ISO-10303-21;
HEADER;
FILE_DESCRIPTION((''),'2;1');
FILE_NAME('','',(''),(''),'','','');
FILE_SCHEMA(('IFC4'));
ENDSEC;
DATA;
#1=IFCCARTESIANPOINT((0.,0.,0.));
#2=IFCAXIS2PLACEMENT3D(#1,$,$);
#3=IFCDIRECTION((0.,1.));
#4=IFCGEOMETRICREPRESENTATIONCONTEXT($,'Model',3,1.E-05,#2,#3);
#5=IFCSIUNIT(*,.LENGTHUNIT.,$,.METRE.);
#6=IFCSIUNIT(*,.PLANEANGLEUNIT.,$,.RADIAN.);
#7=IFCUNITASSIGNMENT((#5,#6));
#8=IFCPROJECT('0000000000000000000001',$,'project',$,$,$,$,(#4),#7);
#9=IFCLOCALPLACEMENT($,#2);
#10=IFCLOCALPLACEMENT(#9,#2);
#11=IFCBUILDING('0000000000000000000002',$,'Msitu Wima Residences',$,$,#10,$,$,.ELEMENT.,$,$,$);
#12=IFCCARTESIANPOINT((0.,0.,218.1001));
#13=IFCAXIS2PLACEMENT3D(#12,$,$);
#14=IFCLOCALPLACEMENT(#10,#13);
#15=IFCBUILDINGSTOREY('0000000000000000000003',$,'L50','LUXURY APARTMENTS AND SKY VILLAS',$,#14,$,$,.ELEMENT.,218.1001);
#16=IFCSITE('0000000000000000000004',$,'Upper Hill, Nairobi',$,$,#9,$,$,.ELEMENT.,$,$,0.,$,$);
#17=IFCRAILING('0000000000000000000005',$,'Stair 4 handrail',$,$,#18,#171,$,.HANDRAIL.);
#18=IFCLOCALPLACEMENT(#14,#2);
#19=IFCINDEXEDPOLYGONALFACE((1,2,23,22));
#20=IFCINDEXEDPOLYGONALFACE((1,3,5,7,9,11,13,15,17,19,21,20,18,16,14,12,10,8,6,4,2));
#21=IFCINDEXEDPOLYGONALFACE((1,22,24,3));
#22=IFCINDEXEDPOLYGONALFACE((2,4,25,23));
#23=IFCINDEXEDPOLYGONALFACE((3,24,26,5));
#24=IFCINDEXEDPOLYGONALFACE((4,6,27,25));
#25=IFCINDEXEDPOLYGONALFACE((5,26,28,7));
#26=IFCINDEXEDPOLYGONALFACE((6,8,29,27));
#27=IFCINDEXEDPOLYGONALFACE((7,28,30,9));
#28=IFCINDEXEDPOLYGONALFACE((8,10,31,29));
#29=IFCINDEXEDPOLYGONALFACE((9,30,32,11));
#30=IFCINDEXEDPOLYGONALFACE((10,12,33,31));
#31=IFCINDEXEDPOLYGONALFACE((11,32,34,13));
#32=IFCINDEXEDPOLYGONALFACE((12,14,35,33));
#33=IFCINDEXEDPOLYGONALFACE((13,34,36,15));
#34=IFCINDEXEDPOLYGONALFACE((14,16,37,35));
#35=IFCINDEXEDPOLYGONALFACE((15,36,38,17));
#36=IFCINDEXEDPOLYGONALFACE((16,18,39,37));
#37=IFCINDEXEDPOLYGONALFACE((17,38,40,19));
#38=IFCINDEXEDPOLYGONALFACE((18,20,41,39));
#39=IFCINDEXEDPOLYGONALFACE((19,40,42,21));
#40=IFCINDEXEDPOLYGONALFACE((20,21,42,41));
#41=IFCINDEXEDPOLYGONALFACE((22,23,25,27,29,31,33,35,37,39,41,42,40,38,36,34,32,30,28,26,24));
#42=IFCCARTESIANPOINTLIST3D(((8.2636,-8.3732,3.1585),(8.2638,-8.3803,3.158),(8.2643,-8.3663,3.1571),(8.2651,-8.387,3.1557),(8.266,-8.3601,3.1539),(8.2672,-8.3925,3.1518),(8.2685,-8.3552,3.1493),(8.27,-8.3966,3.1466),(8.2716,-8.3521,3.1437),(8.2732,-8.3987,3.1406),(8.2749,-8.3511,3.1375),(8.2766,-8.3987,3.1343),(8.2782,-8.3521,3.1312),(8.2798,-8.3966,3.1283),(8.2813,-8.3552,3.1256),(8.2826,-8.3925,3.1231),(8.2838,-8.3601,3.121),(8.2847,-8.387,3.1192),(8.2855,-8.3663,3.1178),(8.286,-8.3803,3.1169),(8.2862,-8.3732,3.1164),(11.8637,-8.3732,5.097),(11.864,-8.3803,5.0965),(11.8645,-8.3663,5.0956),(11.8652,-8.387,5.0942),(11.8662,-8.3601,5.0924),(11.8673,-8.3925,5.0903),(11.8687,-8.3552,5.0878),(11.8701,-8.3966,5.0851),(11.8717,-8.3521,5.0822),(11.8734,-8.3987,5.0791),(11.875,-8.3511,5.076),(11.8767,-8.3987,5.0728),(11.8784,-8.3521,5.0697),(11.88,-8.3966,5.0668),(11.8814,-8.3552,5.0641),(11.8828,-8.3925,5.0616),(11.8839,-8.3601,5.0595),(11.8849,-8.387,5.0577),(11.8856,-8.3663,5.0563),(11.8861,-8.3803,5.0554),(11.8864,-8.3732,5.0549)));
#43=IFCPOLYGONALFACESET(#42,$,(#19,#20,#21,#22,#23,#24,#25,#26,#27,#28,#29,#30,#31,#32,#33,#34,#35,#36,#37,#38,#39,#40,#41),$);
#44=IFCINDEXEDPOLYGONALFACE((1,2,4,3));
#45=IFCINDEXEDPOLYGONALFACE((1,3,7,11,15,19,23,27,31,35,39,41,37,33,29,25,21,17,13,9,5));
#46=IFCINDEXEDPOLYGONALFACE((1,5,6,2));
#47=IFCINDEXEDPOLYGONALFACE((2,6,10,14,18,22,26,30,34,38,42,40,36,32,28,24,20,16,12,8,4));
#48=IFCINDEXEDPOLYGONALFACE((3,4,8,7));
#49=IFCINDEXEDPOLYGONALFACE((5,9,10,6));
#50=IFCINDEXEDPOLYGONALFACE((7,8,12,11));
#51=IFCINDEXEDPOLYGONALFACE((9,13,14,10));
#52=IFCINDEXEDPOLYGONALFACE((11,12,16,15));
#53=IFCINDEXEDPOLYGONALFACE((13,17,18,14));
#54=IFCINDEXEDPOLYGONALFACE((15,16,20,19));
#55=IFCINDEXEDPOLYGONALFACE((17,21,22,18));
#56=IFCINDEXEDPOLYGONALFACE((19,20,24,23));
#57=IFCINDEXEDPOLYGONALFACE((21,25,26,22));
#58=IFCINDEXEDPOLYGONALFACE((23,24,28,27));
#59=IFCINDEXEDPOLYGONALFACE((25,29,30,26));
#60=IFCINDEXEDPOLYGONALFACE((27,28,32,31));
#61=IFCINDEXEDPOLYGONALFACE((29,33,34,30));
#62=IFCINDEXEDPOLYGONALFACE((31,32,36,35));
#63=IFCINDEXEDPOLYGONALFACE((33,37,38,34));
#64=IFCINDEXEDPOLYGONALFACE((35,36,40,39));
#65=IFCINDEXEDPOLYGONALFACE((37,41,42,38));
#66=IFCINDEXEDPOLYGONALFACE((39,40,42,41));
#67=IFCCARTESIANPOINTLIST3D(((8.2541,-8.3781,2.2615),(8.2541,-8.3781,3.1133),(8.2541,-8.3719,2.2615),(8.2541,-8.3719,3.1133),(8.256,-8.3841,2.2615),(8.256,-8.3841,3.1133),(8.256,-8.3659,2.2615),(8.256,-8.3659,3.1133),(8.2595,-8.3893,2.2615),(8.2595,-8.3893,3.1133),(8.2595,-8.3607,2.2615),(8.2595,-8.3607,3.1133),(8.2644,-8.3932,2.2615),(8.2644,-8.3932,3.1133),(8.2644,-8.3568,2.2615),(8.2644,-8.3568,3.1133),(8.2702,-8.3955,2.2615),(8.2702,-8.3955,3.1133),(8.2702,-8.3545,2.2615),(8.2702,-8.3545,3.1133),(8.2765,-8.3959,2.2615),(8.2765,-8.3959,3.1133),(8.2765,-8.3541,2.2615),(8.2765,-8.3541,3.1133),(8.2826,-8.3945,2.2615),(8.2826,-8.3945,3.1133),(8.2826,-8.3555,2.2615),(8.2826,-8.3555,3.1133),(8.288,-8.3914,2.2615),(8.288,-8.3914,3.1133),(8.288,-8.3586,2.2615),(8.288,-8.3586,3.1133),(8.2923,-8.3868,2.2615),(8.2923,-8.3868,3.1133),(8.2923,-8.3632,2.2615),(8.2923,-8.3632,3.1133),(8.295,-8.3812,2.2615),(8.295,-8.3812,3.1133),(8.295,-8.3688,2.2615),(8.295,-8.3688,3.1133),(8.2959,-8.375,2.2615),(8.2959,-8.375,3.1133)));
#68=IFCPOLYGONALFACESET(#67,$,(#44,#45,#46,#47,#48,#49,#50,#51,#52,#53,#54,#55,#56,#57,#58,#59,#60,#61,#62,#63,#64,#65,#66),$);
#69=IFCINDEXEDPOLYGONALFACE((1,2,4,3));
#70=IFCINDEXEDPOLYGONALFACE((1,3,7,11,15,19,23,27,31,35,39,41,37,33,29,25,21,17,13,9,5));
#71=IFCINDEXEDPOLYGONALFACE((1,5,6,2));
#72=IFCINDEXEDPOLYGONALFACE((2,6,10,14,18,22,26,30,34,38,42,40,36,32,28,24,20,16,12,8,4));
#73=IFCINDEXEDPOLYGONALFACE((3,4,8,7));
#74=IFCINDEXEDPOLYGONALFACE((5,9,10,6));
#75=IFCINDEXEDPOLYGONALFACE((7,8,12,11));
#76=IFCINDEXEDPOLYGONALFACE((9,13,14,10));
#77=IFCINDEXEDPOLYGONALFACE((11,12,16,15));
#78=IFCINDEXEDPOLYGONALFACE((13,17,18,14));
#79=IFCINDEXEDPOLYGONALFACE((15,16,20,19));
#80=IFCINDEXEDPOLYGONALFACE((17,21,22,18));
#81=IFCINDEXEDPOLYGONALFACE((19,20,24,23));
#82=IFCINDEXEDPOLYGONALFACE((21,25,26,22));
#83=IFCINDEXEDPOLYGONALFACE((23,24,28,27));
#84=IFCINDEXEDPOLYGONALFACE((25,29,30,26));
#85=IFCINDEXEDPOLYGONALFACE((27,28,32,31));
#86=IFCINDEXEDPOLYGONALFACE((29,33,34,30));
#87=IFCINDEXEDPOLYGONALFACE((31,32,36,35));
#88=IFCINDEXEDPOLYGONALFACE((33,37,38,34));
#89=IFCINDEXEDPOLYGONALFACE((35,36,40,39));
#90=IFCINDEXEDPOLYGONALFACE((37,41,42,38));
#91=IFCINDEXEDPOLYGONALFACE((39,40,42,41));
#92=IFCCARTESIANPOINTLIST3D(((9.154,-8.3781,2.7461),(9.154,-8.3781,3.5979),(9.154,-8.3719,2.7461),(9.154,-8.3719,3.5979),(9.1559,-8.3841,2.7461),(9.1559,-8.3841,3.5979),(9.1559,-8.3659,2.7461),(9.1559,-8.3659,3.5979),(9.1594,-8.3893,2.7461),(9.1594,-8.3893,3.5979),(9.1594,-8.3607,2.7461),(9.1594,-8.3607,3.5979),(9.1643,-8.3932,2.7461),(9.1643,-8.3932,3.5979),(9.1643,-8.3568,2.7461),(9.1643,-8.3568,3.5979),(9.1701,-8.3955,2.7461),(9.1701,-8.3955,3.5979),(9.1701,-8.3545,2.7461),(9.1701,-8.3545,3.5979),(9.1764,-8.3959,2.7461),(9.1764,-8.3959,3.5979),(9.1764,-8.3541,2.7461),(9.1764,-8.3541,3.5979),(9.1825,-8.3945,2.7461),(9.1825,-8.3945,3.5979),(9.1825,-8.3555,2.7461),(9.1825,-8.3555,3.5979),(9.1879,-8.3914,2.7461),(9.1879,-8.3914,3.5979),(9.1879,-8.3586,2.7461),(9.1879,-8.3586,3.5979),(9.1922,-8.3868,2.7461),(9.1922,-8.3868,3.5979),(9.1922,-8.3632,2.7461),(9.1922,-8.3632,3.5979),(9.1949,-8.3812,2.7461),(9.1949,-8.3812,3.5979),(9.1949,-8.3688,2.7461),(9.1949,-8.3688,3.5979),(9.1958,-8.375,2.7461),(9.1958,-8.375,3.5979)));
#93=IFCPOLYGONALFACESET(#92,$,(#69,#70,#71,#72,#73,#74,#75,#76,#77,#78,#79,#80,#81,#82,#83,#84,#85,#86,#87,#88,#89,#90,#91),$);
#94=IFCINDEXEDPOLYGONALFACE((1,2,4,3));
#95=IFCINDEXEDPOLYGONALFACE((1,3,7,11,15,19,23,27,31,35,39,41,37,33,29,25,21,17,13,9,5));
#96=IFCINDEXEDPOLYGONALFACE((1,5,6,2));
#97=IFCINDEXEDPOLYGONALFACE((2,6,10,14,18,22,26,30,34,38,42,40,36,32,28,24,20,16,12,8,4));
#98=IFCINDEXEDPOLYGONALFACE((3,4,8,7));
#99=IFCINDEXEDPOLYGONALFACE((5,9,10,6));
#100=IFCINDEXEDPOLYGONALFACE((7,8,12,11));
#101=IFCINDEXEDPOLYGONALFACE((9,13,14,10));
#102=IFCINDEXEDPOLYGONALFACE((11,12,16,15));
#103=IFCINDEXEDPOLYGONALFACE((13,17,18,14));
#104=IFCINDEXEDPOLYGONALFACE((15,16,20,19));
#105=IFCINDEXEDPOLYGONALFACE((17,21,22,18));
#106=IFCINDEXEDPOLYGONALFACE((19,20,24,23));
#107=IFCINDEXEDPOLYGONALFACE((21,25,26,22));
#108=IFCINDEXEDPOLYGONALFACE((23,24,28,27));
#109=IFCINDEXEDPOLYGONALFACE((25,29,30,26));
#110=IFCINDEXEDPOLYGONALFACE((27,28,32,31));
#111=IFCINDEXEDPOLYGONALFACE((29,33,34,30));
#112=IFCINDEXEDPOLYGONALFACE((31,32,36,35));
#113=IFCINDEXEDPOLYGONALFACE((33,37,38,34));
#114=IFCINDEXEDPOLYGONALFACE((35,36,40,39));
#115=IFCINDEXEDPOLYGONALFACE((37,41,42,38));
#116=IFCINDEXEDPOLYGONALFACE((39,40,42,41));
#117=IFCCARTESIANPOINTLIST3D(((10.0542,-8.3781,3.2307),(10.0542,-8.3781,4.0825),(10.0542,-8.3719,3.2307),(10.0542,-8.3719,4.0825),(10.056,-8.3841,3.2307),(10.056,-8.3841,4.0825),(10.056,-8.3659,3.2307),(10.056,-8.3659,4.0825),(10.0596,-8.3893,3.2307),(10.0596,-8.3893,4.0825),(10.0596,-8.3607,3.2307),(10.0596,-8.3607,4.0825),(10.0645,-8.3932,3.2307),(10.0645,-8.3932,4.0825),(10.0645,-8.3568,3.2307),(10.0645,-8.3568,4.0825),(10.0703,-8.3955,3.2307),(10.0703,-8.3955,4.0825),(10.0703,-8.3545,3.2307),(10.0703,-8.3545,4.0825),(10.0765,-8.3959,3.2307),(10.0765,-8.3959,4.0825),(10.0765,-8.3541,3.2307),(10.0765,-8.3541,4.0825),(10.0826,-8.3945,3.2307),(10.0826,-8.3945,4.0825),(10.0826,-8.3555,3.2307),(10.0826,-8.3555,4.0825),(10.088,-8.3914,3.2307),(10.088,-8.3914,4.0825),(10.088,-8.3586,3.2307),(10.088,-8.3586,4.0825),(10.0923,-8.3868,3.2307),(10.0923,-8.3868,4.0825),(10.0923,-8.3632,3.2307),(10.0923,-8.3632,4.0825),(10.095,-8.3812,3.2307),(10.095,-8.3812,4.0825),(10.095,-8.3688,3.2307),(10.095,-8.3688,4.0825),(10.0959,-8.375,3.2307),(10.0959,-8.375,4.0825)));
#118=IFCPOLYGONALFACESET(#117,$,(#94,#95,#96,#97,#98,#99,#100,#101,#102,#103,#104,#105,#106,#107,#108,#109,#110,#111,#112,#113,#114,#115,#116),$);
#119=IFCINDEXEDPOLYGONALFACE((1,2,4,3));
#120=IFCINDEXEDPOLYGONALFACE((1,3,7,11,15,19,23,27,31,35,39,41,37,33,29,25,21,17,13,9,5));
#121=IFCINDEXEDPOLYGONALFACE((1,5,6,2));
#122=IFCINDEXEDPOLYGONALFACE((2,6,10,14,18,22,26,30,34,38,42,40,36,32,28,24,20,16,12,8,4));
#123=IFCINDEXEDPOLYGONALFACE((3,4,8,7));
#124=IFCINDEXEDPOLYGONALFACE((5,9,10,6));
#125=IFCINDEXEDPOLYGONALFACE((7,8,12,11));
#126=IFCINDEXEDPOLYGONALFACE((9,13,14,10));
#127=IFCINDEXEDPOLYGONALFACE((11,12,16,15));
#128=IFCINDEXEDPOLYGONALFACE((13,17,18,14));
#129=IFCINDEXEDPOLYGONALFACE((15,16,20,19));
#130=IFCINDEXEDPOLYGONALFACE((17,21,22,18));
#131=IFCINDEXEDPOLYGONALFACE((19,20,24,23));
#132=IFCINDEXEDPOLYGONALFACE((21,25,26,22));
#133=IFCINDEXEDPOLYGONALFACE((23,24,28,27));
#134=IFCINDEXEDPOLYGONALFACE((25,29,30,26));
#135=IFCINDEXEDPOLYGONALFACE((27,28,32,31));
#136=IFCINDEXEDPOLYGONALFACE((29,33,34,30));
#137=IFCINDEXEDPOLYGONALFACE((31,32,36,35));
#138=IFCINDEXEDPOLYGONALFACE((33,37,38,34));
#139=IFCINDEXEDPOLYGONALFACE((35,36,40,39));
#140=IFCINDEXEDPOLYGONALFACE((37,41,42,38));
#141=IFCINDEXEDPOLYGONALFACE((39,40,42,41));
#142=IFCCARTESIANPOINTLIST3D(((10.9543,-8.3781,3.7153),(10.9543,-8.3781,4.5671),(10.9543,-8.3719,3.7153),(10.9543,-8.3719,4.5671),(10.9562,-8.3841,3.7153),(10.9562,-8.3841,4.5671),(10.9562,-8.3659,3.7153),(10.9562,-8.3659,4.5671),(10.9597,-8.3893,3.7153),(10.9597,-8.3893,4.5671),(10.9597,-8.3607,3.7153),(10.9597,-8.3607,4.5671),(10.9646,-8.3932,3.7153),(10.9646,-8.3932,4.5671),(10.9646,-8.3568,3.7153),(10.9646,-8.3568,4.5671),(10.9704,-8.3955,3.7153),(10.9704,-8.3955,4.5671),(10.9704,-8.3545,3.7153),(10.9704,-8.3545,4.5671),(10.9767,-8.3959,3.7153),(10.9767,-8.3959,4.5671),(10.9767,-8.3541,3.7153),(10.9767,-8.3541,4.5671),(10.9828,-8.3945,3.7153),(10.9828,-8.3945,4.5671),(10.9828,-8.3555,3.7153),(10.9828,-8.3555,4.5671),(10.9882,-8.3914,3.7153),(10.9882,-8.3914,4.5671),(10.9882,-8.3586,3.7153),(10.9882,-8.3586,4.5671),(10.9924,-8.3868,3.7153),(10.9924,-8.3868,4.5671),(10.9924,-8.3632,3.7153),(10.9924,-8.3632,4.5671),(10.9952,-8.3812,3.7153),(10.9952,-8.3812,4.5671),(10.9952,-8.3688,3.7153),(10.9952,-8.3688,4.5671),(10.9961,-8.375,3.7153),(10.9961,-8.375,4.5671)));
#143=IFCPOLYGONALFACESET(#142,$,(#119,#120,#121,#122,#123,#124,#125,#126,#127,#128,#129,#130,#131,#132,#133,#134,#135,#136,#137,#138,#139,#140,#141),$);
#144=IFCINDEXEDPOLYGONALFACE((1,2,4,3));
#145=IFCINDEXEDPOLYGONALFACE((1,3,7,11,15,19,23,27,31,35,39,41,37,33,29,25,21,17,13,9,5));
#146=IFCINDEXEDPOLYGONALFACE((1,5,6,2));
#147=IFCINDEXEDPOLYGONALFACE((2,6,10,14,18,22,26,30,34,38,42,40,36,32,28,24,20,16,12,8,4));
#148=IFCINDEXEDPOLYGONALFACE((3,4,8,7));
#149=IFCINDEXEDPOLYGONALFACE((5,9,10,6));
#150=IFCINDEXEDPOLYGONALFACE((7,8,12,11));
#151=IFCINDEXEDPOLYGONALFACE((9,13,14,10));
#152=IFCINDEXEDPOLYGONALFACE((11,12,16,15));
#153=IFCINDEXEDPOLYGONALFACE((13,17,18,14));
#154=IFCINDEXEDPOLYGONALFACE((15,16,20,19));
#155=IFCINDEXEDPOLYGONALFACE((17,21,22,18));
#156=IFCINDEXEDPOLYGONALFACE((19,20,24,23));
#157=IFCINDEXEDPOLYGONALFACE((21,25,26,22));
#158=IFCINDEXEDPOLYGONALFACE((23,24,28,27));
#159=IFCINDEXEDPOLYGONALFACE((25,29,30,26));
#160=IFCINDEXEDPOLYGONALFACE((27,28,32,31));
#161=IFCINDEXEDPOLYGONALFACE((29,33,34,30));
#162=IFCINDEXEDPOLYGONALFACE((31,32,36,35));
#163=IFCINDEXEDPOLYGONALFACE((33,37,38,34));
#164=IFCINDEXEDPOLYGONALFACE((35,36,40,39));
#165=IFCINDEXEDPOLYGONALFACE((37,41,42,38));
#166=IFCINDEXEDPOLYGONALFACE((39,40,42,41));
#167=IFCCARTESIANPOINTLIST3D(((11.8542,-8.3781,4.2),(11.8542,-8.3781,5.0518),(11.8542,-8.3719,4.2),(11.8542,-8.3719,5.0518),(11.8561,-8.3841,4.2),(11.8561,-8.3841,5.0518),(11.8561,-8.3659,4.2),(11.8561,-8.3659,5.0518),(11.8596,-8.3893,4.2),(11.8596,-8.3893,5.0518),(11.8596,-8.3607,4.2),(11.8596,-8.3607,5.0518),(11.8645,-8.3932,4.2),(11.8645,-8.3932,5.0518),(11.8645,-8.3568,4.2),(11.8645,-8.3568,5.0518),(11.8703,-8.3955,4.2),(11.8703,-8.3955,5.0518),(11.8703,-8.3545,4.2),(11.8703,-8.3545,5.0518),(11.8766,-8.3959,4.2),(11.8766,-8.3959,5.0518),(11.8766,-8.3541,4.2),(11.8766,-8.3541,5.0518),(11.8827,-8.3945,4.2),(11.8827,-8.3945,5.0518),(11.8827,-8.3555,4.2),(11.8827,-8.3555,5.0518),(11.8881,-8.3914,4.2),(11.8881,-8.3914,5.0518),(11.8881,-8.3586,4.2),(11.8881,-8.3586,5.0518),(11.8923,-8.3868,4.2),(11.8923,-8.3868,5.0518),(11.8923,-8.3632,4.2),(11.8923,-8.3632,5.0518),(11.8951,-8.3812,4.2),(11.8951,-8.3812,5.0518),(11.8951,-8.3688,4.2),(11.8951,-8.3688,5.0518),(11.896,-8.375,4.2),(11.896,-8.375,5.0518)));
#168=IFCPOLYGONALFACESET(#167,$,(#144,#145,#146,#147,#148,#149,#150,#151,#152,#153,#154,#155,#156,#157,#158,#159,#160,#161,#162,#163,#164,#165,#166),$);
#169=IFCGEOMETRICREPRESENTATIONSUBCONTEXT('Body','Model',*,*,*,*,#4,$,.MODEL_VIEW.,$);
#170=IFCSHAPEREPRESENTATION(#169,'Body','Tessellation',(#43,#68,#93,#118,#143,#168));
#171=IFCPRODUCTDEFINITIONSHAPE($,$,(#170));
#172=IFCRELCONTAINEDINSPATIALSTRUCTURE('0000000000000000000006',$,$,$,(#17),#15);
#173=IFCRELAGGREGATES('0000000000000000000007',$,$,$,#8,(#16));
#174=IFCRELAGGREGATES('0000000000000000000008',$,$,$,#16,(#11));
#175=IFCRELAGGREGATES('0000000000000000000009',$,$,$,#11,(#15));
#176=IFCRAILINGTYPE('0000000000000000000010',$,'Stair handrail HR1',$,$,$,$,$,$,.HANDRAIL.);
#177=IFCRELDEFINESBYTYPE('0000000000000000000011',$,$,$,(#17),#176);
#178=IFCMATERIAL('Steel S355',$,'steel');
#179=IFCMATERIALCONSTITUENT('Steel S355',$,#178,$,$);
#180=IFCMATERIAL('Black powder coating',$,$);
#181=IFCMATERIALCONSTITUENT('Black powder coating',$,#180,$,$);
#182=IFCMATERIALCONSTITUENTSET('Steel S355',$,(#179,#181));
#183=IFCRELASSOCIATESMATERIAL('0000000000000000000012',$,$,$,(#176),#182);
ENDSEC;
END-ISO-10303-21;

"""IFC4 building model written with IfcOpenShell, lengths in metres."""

from ifc_helpers import new_model, si_unit, direction, frame, origin, origin_2d, place, context, subcontext, project, spatial, circle, extrude, material, constituent, constituent_set, type_object, element, save


model = new_model("IFC4")

# Units and contexts
model_context = context("Model", 3, precision=1e-05, world=origin(), true_north=direction((0.0, 1.0)))
body_context = subcontext(model_context, "Body", "Model", "MODEL_VIEW")
ifc_project = project(units=[si_unit("LENGTHUNIT", "METRE"), si_unit("PLANEANGLEUNIT", "RADIAN")], contexts=[model_context])

# Site, building, storey
site_placement = place(None, origin())
site = spatial("IfcSite", under=ifc_project, at=site_placement, Name="Upper Hill, Nairobi", CompositionType="ELEMENT", RefElevation=0.0)
building_placement = place(site_placement, origin())
building = spatial("IfcBuilding", under=site, at=building_placement, Name="Msitu Wima Residences", CompositionType="ELEMENT")
storey_placement = place(building_placement, frame((0.0, 0.0, 218.1001)))
storey = spatial("IfcBuildingStorey", under=building, at=storey_placement, Name="L50", Description="LUXURY APARTMENTS AND SKY VILLAS", CompositionType="ELEMENT", Elevation=218.1001)

# Railing
ifc_material_1 = material(Name="Steel S355", Category="steel")
ifc_constituent_1 = constituent(ifc_material_1, Name="Steel S355")
ifc_material_2 = material(Name="Black powder coating")
ifc_constituent_2 = constituent(ifc_material_2, Name="Black powder coating")
ifc_constituent_set = constituent_set(constituents=[ifc_constituent_1, ifc_constituent_2], Name="Steel S355")
railing_type = type_object("IfcRailingType", Name="Stair handrail HR1", PredefinedType="HANDRAIL", material=ifc_constituent_set)
for number, where, name in (
    (1, (8.2749, -8.375, 2.2615), "Stair 4 handrail"),
):
    element("IfcRailing", number, at=place(storey_placement, frame(where)), inside=storey, type_object=railing_type, Name=name, PredefinedType="HANDRAIL", context=body_context, shape_type="SweptSolid", body=[
        extrude(circle(Radius=0.0239, at=origin_2d()), frame((0.0, 0.0, 0.876), z_axis=(0.880475, 0.0, 0.474093), x_axis=(0.0, 1.0, 0.0)), (0.0, 0.0, 1.0), 4.0889),
        extrude(circle(Radius=0.021, at=origin_2d()), origin(), (0.0, 0.0, 1.0), 0.8518),
        extrude(circle(Radius=0.021, at=origin_2d()), frame((0.8999, 0.0, 0.4846)), (0.0, 0.0, 1.0), 0.8518),
        extrude(circle(Radius=0.021, at=origin_2d()), frame((1.8, 0.0, 0.9692)), (0.0, 0.0, 1.0), 0.8518),
        extrude(circle(Radius=0.021, at=origin_2d()), frame((2.7002, 0.0, 1.4539)), (0.0, 0.0, 1.0), 0.8518),
        extrude(circle(Radius=0.021, at=origin_2d()), frame((3.6001, 0.0, 1.9385)), (0.0, 0.0, 1.0), 0.8518),
    ])

save(model, "model.ifc")
